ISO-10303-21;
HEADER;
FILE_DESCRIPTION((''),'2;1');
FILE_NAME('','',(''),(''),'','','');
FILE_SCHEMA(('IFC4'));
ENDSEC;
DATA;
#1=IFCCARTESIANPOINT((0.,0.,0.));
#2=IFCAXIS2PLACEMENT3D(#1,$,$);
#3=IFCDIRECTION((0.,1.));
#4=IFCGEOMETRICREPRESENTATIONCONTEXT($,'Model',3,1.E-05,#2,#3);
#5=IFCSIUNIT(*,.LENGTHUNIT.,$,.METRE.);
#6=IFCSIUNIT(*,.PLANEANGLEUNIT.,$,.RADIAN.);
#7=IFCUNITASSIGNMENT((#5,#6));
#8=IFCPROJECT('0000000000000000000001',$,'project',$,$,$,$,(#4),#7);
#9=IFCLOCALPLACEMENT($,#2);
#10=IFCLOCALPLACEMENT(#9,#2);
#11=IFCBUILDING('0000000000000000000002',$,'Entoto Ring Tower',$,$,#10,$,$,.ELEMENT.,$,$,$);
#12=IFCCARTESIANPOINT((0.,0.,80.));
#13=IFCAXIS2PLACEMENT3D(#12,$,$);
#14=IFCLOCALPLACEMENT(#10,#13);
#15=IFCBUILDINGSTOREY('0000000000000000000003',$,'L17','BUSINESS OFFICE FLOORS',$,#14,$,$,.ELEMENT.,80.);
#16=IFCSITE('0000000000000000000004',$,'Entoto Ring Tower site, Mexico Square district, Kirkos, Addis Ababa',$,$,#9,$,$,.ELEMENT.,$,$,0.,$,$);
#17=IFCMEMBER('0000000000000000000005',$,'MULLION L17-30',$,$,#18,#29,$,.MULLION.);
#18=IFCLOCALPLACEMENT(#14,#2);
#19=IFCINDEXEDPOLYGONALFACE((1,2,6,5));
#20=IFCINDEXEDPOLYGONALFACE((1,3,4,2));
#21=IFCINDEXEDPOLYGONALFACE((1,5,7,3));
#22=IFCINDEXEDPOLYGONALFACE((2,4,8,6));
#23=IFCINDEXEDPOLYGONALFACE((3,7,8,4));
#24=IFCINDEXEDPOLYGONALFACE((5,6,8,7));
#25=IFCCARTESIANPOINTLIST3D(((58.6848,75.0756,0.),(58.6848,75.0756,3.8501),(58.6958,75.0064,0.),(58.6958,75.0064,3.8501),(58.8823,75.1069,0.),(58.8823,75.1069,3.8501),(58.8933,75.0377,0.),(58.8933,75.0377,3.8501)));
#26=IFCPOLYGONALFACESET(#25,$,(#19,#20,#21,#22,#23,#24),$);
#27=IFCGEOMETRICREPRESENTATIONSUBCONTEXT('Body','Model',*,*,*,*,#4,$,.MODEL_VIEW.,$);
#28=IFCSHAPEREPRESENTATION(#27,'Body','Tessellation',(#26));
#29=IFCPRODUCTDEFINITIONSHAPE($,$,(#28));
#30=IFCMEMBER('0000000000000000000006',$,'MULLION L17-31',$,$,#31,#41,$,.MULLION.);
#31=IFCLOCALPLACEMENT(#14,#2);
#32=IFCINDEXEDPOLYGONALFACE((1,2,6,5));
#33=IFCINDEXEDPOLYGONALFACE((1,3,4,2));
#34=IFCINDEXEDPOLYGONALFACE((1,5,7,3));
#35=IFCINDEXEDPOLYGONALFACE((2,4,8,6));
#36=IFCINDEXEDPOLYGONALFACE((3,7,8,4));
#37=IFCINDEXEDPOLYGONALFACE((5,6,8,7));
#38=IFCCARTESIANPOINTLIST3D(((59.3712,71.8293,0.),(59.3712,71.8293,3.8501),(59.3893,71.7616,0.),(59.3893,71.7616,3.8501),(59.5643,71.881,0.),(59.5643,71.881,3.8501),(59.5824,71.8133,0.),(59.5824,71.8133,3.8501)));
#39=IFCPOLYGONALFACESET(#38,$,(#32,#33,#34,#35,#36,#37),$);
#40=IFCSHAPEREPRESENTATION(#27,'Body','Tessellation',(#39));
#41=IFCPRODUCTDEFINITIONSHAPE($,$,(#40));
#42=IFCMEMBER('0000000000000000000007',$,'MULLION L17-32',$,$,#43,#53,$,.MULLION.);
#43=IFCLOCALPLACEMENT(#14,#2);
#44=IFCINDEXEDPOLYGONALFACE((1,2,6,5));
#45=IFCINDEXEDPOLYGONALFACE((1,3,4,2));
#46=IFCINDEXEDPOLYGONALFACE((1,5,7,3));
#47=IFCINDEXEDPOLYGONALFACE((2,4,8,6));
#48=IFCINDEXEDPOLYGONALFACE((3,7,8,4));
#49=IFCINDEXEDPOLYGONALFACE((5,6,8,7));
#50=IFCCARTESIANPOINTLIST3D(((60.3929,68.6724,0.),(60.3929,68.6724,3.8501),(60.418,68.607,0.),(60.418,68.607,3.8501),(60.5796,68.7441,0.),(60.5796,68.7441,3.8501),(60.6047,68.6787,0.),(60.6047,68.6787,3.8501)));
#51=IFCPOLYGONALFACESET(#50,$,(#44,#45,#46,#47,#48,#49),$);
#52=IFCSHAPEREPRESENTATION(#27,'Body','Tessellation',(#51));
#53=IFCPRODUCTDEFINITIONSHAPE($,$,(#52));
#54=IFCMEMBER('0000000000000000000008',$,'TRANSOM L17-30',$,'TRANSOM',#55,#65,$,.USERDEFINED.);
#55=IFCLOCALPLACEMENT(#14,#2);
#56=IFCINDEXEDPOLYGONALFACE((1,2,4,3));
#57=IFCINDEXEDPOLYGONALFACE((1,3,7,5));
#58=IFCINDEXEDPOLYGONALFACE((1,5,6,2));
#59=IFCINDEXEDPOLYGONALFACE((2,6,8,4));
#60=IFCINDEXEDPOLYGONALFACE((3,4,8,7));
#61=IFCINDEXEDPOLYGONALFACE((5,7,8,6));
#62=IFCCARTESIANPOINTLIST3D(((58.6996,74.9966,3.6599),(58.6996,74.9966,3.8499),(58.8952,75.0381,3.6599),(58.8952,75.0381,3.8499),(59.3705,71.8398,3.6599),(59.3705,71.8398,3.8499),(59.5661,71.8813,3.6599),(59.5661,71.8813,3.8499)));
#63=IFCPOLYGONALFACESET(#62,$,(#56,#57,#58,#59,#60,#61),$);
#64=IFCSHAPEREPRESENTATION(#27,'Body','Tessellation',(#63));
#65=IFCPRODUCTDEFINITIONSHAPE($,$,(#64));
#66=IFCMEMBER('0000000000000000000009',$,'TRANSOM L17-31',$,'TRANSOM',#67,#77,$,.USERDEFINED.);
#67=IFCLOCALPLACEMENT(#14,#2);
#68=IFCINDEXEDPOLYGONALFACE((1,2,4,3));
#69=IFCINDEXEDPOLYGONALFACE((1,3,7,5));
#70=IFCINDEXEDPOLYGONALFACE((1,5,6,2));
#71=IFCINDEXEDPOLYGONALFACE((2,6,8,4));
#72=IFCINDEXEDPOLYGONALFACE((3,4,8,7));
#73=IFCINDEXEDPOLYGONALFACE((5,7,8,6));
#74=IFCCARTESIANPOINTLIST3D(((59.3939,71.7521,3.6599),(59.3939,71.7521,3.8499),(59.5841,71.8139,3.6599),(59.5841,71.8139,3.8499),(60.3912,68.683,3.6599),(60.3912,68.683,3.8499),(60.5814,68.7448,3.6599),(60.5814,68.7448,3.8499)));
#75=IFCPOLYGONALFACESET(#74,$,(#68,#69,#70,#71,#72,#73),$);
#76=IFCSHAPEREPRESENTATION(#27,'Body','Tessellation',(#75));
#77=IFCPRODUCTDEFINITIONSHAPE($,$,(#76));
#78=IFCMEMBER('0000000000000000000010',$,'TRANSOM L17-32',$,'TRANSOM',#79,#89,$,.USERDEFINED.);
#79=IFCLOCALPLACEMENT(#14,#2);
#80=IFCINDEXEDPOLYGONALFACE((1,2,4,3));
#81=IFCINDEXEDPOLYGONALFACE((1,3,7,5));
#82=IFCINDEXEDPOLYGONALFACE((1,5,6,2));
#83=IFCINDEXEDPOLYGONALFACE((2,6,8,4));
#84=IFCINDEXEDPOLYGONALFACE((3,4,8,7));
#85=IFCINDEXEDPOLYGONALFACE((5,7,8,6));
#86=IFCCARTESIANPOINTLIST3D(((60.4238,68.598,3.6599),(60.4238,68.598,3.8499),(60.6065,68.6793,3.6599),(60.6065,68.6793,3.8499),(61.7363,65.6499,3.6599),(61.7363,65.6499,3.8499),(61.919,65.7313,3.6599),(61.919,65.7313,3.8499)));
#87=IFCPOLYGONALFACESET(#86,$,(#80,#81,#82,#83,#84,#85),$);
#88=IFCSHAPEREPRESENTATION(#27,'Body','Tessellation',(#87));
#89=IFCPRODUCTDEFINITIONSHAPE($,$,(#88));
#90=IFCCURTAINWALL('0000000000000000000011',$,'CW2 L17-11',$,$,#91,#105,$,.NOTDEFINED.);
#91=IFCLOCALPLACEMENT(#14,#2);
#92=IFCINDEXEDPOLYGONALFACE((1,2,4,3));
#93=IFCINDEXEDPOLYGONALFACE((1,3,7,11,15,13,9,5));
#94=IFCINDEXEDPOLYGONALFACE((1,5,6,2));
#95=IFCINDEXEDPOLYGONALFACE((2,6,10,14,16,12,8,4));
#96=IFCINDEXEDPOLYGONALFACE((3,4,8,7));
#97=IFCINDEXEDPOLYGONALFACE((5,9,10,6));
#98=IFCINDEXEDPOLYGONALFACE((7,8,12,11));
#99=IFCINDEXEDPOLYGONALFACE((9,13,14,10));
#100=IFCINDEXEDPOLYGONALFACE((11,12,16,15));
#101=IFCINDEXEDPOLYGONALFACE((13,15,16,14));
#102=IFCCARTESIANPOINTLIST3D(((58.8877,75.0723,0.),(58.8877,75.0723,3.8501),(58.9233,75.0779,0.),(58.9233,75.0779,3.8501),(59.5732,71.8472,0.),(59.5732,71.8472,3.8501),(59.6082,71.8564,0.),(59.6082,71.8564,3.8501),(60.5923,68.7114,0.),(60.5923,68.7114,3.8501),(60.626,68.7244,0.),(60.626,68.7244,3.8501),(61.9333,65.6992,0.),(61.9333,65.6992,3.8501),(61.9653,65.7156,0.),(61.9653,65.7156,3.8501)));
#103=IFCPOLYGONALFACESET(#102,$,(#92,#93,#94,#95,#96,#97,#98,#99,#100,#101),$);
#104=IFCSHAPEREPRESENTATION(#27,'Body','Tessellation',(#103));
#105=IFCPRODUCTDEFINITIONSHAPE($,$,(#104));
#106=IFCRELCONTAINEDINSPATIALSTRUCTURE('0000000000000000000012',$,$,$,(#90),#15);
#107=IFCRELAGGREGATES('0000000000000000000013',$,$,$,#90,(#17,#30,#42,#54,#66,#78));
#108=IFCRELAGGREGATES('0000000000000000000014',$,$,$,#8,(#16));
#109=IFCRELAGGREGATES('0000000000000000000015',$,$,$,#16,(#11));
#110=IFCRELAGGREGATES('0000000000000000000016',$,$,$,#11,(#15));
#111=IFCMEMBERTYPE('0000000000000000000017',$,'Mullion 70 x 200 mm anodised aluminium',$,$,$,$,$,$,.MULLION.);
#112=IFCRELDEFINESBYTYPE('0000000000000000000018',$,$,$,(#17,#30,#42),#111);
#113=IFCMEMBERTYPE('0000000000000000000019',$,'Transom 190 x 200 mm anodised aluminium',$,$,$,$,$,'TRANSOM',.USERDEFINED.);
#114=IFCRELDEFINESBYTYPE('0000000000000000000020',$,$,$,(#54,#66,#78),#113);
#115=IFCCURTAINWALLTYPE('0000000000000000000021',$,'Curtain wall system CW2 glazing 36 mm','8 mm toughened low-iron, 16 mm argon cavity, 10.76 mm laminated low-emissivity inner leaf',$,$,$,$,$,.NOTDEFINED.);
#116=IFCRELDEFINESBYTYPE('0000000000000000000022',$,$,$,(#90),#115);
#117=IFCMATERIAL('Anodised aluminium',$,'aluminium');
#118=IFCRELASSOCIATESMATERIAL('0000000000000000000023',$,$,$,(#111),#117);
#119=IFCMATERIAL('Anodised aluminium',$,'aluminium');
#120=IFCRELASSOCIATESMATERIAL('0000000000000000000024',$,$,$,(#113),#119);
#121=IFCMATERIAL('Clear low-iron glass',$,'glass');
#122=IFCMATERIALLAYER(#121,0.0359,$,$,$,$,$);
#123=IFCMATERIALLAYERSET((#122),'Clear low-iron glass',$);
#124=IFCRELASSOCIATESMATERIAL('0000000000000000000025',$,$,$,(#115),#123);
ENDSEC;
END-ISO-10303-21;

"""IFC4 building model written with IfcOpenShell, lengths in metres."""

from ifc_helpers import new_model, si_unit, direction, frame, origin, origin_2d, place, context, subcontext, project, spatial, polyline, rectangle, outline, extrude, material, layer, layer_set, material_profile, profile_set, type_object, element, aggregate, save


model = new_model("IFC4")

# Units and contexts
model_context = context("Model", 3, precision=1e-05, world=origin(), true_north=direction((0.0, 1.0)))
body_context = subcontext(model_context, "Body", "Model", "MODEL_VIEW")
ifc_project = project(units=[si_unit("LENGTHUNIT", "METRE"), si_unit("PLANEANGLEUNIT", "RADIAN")], contexts=[model_context])

# Members
ifc_material_1 = material(Name="Anodised aluminium", Category="aluminium")
ifc_material_profile_1 = material_profile(ifc_material_1, rectangle(XDim=0.0701, YDim=0.2, at=origin_2d()), Name="Mullion 70 x 200 mm anodised aluminium")
ifc_profile_set_1 = profile_set([ifc_material_profile_1], Name="Anodised aluminium")
member_type_1 = type_object("IfcMemberType", Name="Mullion 70 x 200 mm anodised aluminium", PredefinedType="MULLION", material=ifc_profile_set_1)
site_placement = place(None, origin())
building_placement = place(site_placement, origin())
storey_placement = place(building_placement, frame((0.0, 0.0, 80.0)))
member_1_placement = place(storey_placement, frame((58.7891, 75.0566, 0.0), z_axis=(0.0, 0.0, 1.0), x_axis=(0.156434, -0.987688, 0.0)))
member_1 = element("IfcMember", 1, at=member_1_placement, type_object=member_type_1, Name="MULLION L17-30", PredefinedType="MULLION", context=body_context, shape_type="SweptSolid", body=[
    extrude(rectangle(XDim=0.0701, YDim=0.2, at=origin_2d()), origin(), (0.0, 0.0, 1.0), 3.8501),
])
member_2_placement = place(storey_placement, frame((59.4768, 71.8213, 0.0), z_axis=(0.0, 0.0, 1.0), x_axis=(0.258819, -0.965926, 0.0)))
member_2 = element("IfcMember", 2, at=member_2_placement, type_object=member_type_1, Name="MULLION L17-31", PredefinedType="MULLION", context=body_context, shape_type="SweptSolid", body=[
    extrude(rectangle(XDim=0.0701, YDim=0.2, at=origin_2d()), origin(), (0.0, 0.0, 1.0), 3.8501),
])
member_3_placement = place(storey_placement, frame((60.4988, 68.6755, 0.0), z_axis=(0.0, 0.0, 1.0), x_axis=(0.358368, -0.93358, 0.0)))
member_3 = element("IfcMember", 3, at=member_3_placement, type_object=member_type_1, Name="MULLION L17-32", PredefinedType="MULLION", context=body_context, shape_type="SweptSolid", body=[
    extrude(rectangle(XDim=0.0701, YDim=0.2, at=origin_2d()), origin(), (0.0, 0.0, 1.0), 3.8501),
])
ifc_material_2 = material(Name="Anodised aluminium", Category="aluminium")
ifc_material_profile_2 = material_profile(ifc_material_2, rectangle(XDim=0.2, YDim=0.1899, at=origin_2d()), Name="Transom 190 x 200 mm anodised aluminium")
ifc_profile_set_2 = profile_set([ifc_material_profile_2], Name="Anodised aluminium")
member_type_2 = type_object("IfcMemberType", Name="Transom 190 x 200 mm anodised aluminium", ElementType="TRANSOM", PredefinedType="USERDEFINED", material=ifc_profile_set_2)
member_4_placement = place(storey_placement, frame((58.7974, 75.0173, 3.7549), z_axis=(0.207886, -0.978153, 0.0), x_axis=(0.978153, 0.207886, 0.0)))
member_4 = element("IfcMember", 4, at=member_4_placement, type_object=member_type_2, Name="TRANSOM L17-30", ObjectType="TRANSOM", PredefinedType="USERDEFINED", context=body_context, shape_type="SweptSolid", body=[
    extrude(rectangle(XDim=0.2, YDim=0.1899, at=origin_2d()), origin(), (0.0, 0.0, 1.0), 3.2273),
])
member_5_placement = place(storey_placement, frame((59.489, 71.783, 3.7549), z_axis=(0.309047, -0.951047, 0.0), x_axis=(0.951047, 0.309047, 0.0)))
member_5 = element("IfcMember", 5, at=member_5_placement, type_object=member_type_2, Name="TRANSOM L17-31", ObjectType="TRANSOM", PredefinedType="USERDEFINED", context=body_context, shape_type="SweptSolid", body=[
    extrude(rectangle(XDim=0.2, YDim=0.1899, at=origin_2d()), origin(), (0.0, 0.0, 1.0), 3.2271),
])
member_6_placement = place(storey_placement, frame((60.5151, 68.6387, 3.7549), z_axis=(0.406728, -0.913549, 0.0), x_axis=(0.913549, 0.406728, 0.0)))
member_6 = element("IfcMember", 6, at=member_6_placement, type_object=member_type_2, Name="TRANSOM L17-32", ObjectType="TRANSOM", PredefinedType="USERDEFINED", context=body_context, shape_type="SweptSolid", body=[
    extrude(rectangle(XDim=0.2, YDim=0.1899, at=origin_2d()), origin(), (0.0, 0.0, 1.0), 3.2271),
])

# Site, building, storey
site = spatial("IfcSite", under=ifc_project, at=site_placement, Name="Entoto Ring Tower site, Mexico Square district, Kirkos, Addis Ababa", CompositionType="ELEMENT", RefElevation=0.0)
building = spatial("IfcBuilding", under=site, at=building_placement, Name="Entoto Ring Tower", CompositionType="ELEMENT")
storey = spatial("IfcBuildingStorey", under=building, at=storey_placement, Name="L17", Description="BUSINESS OFFICE FLOORS", CompositionType="ELEMENT", Elevation=80.0)

# Curtain wall
ifc_material_3 = material(Name="Clear low-iron glass", Category="glass")
ifc_layer = layer(ifc_material_3, 0.0359)
ifc_layer_set = layer_set([ifc_layer], Name="Clear low-iron glass")
curtain_wall_type = type_object("IfcCurtainWallType", Name="Curtain wall system CW2 glazing 36 mm", Description="8 mm toughened low-iron, 16 mm argon cavity, 10.76 mm laminated low-emissivity inner leaf", PredefinedType="NOTDEFINED", material=ifc_layer_set)
curtain_wall_1_placement = place(storey_placement, origin())
curtain_wall_1 = element("IfcCurtainWall", 7, at=curtain_wall_1_placement, inside=storey, type_object=curtain_wall_type, Name="CW2 L17-11", PredefinedType="NOTDEFINED", context=body_context, shape_type="SweptSolid", body=[
    extrude(outline(polyline([(58.8877, 75.0723), (59.5732, 71.8472), (60.5923, 68.7114), (61.9333, 65.6992), (61.9653, 65.7156), (60.626, 68.7244), (59.6082, 71.8564), (58.9233, 75.0779), (58.8877, 75.0723)])), origin(), (0.0, 0.0, 1.0), 3.8501),
])
aggregate(curtain_wall_1, [member_1, member_2, member_3, member_4, member_5, member_6])

save(model, "model.ifc")
